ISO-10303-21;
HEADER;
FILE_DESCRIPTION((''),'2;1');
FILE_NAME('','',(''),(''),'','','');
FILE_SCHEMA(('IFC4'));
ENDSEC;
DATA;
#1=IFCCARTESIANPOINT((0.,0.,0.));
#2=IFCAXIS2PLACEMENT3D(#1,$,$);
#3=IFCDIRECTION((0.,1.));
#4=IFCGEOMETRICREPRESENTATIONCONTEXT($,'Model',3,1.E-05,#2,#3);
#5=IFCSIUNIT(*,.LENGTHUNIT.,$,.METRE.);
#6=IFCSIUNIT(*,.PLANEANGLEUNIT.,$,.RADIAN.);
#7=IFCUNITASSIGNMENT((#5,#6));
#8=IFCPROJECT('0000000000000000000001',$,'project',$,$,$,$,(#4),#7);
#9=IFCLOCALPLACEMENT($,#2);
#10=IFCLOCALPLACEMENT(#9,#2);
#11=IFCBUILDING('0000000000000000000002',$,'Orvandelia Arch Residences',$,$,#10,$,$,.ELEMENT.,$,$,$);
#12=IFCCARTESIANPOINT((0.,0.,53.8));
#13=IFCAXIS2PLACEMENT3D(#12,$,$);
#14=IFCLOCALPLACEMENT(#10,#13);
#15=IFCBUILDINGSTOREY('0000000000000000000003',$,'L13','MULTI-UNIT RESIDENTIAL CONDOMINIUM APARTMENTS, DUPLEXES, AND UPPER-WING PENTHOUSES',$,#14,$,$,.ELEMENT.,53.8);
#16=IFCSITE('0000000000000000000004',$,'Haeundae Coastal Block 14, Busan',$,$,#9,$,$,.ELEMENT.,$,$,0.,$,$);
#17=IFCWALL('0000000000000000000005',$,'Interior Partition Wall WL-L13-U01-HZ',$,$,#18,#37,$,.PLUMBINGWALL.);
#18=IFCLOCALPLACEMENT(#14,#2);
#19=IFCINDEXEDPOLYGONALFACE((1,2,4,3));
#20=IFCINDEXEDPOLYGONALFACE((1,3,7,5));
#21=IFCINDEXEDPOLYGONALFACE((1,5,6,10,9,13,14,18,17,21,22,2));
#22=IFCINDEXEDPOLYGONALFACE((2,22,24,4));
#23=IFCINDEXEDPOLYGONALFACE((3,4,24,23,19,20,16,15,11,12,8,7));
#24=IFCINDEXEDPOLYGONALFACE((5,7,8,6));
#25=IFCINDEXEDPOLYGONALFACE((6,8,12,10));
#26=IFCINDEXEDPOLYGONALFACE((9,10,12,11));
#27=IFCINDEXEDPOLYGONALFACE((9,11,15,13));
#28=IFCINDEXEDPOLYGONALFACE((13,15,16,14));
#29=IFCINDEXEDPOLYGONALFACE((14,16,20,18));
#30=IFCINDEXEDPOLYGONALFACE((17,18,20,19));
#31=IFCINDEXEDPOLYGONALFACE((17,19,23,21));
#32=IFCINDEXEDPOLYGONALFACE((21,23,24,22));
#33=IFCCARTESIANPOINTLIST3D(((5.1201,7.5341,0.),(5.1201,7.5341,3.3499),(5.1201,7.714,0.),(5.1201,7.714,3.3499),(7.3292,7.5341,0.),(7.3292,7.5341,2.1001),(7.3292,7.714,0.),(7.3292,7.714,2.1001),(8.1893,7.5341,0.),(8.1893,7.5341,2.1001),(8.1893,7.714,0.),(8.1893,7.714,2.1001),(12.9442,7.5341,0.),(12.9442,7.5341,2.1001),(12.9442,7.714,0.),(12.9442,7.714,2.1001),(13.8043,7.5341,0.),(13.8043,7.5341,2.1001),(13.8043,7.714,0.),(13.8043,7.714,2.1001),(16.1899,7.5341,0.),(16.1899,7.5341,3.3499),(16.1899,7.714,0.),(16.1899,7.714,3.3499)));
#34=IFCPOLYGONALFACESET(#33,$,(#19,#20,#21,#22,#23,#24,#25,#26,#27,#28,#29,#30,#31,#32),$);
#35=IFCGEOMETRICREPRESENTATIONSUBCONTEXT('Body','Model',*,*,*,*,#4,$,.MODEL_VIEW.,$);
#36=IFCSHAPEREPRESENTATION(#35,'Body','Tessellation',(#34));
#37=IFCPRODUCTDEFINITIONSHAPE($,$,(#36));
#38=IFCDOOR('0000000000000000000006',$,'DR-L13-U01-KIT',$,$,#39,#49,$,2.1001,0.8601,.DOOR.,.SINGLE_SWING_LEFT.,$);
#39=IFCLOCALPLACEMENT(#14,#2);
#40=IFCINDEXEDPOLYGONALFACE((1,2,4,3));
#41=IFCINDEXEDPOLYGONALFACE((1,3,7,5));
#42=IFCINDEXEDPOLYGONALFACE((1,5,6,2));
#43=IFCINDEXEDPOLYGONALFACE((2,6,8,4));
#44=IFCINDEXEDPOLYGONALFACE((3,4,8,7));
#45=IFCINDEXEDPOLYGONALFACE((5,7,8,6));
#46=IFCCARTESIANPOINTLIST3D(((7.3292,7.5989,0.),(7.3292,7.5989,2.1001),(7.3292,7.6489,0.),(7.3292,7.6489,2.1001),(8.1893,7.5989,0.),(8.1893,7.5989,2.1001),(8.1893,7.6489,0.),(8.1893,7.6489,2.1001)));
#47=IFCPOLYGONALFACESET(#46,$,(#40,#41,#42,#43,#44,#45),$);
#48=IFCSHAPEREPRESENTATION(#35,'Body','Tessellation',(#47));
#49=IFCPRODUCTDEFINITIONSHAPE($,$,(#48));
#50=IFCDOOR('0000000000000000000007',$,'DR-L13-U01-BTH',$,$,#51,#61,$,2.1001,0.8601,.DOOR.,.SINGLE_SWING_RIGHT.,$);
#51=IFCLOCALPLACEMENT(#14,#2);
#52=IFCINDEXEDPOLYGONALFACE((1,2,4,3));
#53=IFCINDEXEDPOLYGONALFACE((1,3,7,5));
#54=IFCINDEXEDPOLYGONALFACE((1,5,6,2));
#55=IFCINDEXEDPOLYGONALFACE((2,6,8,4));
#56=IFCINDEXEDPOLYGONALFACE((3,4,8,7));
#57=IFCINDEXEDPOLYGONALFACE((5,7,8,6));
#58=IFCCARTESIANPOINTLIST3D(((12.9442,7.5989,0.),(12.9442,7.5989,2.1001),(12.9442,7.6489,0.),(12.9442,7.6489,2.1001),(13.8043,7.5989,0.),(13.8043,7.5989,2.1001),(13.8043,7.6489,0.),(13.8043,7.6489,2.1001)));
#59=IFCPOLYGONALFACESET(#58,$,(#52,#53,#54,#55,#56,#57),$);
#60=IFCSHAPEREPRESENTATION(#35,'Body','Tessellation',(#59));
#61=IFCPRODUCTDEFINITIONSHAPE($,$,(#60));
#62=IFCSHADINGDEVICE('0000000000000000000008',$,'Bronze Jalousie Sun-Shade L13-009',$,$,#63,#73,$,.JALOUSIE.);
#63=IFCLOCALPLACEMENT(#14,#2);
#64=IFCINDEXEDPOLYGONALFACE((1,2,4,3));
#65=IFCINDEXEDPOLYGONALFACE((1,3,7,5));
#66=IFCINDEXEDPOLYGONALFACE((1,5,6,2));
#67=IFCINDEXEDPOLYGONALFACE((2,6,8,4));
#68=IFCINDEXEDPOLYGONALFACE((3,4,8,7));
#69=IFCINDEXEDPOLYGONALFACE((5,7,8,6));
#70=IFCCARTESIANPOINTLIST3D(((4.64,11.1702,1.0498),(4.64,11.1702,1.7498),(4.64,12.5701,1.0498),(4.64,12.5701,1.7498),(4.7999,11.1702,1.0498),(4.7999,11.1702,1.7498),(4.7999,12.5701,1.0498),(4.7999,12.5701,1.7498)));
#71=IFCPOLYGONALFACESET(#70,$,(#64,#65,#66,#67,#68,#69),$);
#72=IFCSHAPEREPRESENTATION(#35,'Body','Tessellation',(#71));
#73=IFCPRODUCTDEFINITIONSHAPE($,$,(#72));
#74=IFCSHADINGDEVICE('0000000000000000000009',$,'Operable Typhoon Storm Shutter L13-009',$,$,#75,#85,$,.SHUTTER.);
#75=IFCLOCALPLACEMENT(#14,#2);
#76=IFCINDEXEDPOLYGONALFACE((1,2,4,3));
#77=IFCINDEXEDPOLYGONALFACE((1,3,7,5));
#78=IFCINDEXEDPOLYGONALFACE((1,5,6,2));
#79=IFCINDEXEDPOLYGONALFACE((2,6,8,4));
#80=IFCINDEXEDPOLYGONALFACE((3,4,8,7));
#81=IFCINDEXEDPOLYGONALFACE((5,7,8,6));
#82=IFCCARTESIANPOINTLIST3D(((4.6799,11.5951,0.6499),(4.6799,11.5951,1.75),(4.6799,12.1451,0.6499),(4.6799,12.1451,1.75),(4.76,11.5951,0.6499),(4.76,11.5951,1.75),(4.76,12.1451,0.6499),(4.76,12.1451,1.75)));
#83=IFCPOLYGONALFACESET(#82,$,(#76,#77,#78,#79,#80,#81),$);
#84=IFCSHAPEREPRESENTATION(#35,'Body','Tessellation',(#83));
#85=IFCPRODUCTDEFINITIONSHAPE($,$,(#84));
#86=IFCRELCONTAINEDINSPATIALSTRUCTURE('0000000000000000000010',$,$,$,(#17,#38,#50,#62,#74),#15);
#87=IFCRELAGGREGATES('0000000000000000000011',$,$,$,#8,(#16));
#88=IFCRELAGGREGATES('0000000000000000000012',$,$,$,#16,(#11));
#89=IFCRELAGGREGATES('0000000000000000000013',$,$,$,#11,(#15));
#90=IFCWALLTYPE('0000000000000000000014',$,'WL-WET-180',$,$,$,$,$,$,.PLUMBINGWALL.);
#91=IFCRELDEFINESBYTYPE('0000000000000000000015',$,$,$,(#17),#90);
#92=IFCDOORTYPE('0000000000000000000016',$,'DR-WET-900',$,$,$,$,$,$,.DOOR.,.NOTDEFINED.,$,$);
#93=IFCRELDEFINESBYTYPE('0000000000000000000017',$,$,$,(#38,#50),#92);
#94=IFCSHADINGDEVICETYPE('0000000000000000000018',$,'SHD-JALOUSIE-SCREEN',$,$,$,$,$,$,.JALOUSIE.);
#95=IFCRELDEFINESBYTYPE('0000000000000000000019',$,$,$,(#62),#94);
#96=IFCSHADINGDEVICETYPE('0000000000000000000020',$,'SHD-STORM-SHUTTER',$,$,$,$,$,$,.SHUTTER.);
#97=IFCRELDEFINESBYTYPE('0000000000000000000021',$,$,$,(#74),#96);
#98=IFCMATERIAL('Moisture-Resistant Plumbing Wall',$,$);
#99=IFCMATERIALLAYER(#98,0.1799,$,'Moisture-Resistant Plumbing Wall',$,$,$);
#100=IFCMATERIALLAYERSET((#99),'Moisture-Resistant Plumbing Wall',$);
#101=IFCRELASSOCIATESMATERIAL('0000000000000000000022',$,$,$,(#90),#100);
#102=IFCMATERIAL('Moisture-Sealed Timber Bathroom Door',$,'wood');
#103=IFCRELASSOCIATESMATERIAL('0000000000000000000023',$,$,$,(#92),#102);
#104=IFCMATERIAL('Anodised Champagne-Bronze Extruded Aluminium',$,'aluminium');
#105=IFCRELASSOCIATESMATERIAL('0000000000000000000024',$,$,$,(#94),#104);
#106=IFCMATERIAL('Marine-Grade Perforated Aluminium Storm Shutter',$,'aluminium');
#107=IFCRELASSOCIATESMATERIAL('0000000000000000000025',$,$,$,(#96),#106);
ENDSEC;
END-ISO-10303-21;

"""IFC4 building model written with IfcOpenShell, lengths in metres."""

from ifc_helpers import new_model, si_unit, direction, frame, frame_2d, origin, origin_2d, place, context, subcontext, project, spatial, rectangle, extrude, material, layer, layer_set, type_object, element, fill, save


model = new_model("IFC4")

# Units and contexts
model_context = context("Model", 3, precision=1e-05, world=origin(), true_north=direction((0.0, 1.0)))
body_context = subcontext(model_context, "Body", "Model", "MODEL_VIEW")
ifc_project = project(units=[si_unit("LENGTHUNIT", "METRE"), si_unit("PLANEANGLEUNIT", "RADIAN")], contexts=[model_context])

# Site, building, storey
site_placement = place(None, origin())
site = spatial("IfcSite", under=ifc_project, at=site_placement, Name="Haeundae Coastal Block 14, Busan", CompositionType="ELEMENT", RefElevation=0.0)
building_placement = place(site_placement, origin())
building = spatial("IfcBuilding", under=site, at=building_placement, Name="Orvandelia Arch Residences", CompositionType="ELEMENT")
storey_placement = place(building_placement, frame((0.0, 0.0, 53.8)))
storey = spatial("IfcBuildingStorey", under=building, at=storey_placement, Name="L13", Description="MULTI-UNIT RESIDENTIAL CONDOMINIUM APARTMENTS, DUPLEXES, AND UPPER-WING PENTHOUSES", CompositionType="ELEMENT", Elevation=53.8)

# Wall, openings, doors
ifc_material_1 = material(Name="Moisture-Resistant Plumbing Wall")
ifc_layer_1 = layer(ifc_material_1, 0.1799, Name="Moisture-Resistant Plumbing Wall")
ifc_layer_set_1 = layer_set([ifc_layer_1], Name="Moisture-Resistant Plumbing Wall")
wall_type_1 = type_object("IfcWallType", Name="WL-WET-180", PredefinedType="PLUMBINGWALL", material=ifc_layer_set_1)
wall_1_placement = place(storey_placement, frame((5.1201, 7.624, 0.0), z_axis=(0.0, 0.0, 1.0), x_axis=(1.0, 0.0, 0.0)))
wall_1 = element("IfcWall", 1, at=wall_1_placement, inside=storey, type_object=wall_type_1, Name="Interior Partition Wall WL-L13-U01-HZ", PredefinedType="PLUMBINGWALL", context=body_context, shape_type="SweptSolid", body=[
    extrude(rectangle(XDim=11.0698, YDim=0.1799, at=frame_2d((5.5349, 0.0))), origin(), (0.0, 0.0, 1.0), 3.3499),
])
opening_1_placement = place(wall_1_placement, frame((2.209, 0.0, 0.0)))
opening_1 = element("IfcOpeningElement", 2, at=opening_1_placement, cuts=wall_1, PredefinedType="OPENING", context=body_context, shape_type="SweptSolid", body=[
    extrude(rectangle(XDim=0.8601, YDim=2.1001, at=frame_2d((0.4302, 1.05))), frame((0.0, 0.1001, 0.0), z_axis=(0.0, -1.0, 0.0), x_axis=(1.0, 0.0, 0.0)), (0.0, 0.0, 1.0), 0.2),
])
opening_2_placement = place(wall_1_placement, frame((7.824, 0.0, 0.0)))
opening_2 = element("IfcOpeningElement", 3, at=opening_2_placement, cuts=wall_1, PredefinedType="OPENING", context=body_context, shape_type="SweptSolid", body=[
    extrude(rectangle(XDim=0.8601, YDim=2.1001, at=frame_2d((0.4302, 1.05))), frame((0.0, 0.1001, 0.0), z_axis=(0.0, -1.0, 0.0), x_axis=(1.0, 0.0, 0.0)), (0.0, 0.0, 1.0), 0.2),
])
ifc_material_2 = material(Name="Moisture-Sealed Timber Bathroom Door", Category="wood")
door_type_1 = type_object("IfcDoorType", Name="DR-WET-900", OperationType="NOTDEFINED", PredefinedType="DOOR", material=ifc_material_2)
door_1_placement = place(opening_1_placement, origin())
door_1 = element("IfcDoor", 4, at=door_1_placement, inside=storey, type_object=door_type_1, Name="DR-L13-U01-KIT", OperationType="SINGLE_SWING_LEFT", OverallHeight=2.1001, OverallWidth=0.8601, PredefinedType="DOOR", context=body_context, shape_type="SweptSolid", body=[
    extrude(rectangle(XDim=0.8601, YDim=2.1001, at=frame_2d((0.4302, 1.05))), frame((0.0, 0.0249, 0.0), z_axis=(0.0, -1.0, 0.0), x_axis=(1.0, 0.0, 0.0)), (0.0, 0.0, 1.0), 0.05),
])
fill(opening_1, door_1)
door_2_placement = place(opening_2_placement, origin())
door_2 = element("IfcDoor", 5, at=door_2_placement, inside=storey, type_object=door_type_1, Name="DR-L13-U01-BTH", OperationType="SINGLE_SWING_RIGHT", OverallHeight=2.1001, OverallWidth=0.8601, PredefinedType="DOOR", context=body_context, shape_type="SweptSolid", body=[
    extrude(rectangle(XDim=0.8601, YDim=2.1001, at=frame_2d((0.4302, 1.05))), frame((0.0, 0.0249, 0.0), z_axis=(0.0, -1.0, 0.0), x_axis=(1.0, 0.0, 0.0)), (0.0, 0.0, 1.0), 0.05),
])
fill(opening_2, door_2)

# Shading devices
ifc_material_3 = material(Name="Anodised Champagne-Bronze Extruded Aluminium", Category="aluminium")
shading_device_type_1 = type_object("IfcShadingDeviceType", Name="SHD-JALOUSIE-SCREEN", PredefinedType="JALOUSIE", material=ifc_material_3)
shading_device_1_placement = place(storey_placement, frame((4.72, 11.8701, 1.0498), z_axis=(0.0, 0.0, 1.0), x_axis=(0.0, 1.0, 0.0)))
element("IfcShadingDevice", 6, at=shading_device_1_placement, inside=storey, type_object=shading_device_type_1, Name="Bronze Jalousie Sun-Shade L13-009", PredefinedType="JALOUSIE", context=body_context, shape_type="SweptSolid", body=[
    extrude(rectangle(XDim=1.3999, YDim=0.1599, at=origin_2d()), origin(), (0.0, 0.0, 1.0), 0.7),
])
ifc_material_4 = material(Name="Marine-Grade Perforated Aluminium Storm Shutter", Category="aluminium")
shading_device_type_2 = type_object("IfcShadingDeviceType", Name="SHD-STORM-SHUTTER", PredefinedType="SHUTTER", material=ifc_material_4)
shading_device_2_placement = place(storey_placement, frame((4.72, 11.8701, 0.6499), z_axis=(0.0, 0.0, 1.0), x_axis=(0.0, 1.0, 0.0)))
element("IfcShadingDevice", 7, at=shading_device_2_placement, inside=storey, type_object=shading_device_type_2, Name="Operable Typhoon Storm Shutter L13-009", PredefinedType="SHUTTER", context=body_context, shape_type="SweptSolid", body=[
    extrude(rectangle(XDim=0.55, YDim=0.0801, at=origin_2d()), origin(), (0.0, 0.0, 1.0), 1.1001),
])

save(model, "model.ifc")
